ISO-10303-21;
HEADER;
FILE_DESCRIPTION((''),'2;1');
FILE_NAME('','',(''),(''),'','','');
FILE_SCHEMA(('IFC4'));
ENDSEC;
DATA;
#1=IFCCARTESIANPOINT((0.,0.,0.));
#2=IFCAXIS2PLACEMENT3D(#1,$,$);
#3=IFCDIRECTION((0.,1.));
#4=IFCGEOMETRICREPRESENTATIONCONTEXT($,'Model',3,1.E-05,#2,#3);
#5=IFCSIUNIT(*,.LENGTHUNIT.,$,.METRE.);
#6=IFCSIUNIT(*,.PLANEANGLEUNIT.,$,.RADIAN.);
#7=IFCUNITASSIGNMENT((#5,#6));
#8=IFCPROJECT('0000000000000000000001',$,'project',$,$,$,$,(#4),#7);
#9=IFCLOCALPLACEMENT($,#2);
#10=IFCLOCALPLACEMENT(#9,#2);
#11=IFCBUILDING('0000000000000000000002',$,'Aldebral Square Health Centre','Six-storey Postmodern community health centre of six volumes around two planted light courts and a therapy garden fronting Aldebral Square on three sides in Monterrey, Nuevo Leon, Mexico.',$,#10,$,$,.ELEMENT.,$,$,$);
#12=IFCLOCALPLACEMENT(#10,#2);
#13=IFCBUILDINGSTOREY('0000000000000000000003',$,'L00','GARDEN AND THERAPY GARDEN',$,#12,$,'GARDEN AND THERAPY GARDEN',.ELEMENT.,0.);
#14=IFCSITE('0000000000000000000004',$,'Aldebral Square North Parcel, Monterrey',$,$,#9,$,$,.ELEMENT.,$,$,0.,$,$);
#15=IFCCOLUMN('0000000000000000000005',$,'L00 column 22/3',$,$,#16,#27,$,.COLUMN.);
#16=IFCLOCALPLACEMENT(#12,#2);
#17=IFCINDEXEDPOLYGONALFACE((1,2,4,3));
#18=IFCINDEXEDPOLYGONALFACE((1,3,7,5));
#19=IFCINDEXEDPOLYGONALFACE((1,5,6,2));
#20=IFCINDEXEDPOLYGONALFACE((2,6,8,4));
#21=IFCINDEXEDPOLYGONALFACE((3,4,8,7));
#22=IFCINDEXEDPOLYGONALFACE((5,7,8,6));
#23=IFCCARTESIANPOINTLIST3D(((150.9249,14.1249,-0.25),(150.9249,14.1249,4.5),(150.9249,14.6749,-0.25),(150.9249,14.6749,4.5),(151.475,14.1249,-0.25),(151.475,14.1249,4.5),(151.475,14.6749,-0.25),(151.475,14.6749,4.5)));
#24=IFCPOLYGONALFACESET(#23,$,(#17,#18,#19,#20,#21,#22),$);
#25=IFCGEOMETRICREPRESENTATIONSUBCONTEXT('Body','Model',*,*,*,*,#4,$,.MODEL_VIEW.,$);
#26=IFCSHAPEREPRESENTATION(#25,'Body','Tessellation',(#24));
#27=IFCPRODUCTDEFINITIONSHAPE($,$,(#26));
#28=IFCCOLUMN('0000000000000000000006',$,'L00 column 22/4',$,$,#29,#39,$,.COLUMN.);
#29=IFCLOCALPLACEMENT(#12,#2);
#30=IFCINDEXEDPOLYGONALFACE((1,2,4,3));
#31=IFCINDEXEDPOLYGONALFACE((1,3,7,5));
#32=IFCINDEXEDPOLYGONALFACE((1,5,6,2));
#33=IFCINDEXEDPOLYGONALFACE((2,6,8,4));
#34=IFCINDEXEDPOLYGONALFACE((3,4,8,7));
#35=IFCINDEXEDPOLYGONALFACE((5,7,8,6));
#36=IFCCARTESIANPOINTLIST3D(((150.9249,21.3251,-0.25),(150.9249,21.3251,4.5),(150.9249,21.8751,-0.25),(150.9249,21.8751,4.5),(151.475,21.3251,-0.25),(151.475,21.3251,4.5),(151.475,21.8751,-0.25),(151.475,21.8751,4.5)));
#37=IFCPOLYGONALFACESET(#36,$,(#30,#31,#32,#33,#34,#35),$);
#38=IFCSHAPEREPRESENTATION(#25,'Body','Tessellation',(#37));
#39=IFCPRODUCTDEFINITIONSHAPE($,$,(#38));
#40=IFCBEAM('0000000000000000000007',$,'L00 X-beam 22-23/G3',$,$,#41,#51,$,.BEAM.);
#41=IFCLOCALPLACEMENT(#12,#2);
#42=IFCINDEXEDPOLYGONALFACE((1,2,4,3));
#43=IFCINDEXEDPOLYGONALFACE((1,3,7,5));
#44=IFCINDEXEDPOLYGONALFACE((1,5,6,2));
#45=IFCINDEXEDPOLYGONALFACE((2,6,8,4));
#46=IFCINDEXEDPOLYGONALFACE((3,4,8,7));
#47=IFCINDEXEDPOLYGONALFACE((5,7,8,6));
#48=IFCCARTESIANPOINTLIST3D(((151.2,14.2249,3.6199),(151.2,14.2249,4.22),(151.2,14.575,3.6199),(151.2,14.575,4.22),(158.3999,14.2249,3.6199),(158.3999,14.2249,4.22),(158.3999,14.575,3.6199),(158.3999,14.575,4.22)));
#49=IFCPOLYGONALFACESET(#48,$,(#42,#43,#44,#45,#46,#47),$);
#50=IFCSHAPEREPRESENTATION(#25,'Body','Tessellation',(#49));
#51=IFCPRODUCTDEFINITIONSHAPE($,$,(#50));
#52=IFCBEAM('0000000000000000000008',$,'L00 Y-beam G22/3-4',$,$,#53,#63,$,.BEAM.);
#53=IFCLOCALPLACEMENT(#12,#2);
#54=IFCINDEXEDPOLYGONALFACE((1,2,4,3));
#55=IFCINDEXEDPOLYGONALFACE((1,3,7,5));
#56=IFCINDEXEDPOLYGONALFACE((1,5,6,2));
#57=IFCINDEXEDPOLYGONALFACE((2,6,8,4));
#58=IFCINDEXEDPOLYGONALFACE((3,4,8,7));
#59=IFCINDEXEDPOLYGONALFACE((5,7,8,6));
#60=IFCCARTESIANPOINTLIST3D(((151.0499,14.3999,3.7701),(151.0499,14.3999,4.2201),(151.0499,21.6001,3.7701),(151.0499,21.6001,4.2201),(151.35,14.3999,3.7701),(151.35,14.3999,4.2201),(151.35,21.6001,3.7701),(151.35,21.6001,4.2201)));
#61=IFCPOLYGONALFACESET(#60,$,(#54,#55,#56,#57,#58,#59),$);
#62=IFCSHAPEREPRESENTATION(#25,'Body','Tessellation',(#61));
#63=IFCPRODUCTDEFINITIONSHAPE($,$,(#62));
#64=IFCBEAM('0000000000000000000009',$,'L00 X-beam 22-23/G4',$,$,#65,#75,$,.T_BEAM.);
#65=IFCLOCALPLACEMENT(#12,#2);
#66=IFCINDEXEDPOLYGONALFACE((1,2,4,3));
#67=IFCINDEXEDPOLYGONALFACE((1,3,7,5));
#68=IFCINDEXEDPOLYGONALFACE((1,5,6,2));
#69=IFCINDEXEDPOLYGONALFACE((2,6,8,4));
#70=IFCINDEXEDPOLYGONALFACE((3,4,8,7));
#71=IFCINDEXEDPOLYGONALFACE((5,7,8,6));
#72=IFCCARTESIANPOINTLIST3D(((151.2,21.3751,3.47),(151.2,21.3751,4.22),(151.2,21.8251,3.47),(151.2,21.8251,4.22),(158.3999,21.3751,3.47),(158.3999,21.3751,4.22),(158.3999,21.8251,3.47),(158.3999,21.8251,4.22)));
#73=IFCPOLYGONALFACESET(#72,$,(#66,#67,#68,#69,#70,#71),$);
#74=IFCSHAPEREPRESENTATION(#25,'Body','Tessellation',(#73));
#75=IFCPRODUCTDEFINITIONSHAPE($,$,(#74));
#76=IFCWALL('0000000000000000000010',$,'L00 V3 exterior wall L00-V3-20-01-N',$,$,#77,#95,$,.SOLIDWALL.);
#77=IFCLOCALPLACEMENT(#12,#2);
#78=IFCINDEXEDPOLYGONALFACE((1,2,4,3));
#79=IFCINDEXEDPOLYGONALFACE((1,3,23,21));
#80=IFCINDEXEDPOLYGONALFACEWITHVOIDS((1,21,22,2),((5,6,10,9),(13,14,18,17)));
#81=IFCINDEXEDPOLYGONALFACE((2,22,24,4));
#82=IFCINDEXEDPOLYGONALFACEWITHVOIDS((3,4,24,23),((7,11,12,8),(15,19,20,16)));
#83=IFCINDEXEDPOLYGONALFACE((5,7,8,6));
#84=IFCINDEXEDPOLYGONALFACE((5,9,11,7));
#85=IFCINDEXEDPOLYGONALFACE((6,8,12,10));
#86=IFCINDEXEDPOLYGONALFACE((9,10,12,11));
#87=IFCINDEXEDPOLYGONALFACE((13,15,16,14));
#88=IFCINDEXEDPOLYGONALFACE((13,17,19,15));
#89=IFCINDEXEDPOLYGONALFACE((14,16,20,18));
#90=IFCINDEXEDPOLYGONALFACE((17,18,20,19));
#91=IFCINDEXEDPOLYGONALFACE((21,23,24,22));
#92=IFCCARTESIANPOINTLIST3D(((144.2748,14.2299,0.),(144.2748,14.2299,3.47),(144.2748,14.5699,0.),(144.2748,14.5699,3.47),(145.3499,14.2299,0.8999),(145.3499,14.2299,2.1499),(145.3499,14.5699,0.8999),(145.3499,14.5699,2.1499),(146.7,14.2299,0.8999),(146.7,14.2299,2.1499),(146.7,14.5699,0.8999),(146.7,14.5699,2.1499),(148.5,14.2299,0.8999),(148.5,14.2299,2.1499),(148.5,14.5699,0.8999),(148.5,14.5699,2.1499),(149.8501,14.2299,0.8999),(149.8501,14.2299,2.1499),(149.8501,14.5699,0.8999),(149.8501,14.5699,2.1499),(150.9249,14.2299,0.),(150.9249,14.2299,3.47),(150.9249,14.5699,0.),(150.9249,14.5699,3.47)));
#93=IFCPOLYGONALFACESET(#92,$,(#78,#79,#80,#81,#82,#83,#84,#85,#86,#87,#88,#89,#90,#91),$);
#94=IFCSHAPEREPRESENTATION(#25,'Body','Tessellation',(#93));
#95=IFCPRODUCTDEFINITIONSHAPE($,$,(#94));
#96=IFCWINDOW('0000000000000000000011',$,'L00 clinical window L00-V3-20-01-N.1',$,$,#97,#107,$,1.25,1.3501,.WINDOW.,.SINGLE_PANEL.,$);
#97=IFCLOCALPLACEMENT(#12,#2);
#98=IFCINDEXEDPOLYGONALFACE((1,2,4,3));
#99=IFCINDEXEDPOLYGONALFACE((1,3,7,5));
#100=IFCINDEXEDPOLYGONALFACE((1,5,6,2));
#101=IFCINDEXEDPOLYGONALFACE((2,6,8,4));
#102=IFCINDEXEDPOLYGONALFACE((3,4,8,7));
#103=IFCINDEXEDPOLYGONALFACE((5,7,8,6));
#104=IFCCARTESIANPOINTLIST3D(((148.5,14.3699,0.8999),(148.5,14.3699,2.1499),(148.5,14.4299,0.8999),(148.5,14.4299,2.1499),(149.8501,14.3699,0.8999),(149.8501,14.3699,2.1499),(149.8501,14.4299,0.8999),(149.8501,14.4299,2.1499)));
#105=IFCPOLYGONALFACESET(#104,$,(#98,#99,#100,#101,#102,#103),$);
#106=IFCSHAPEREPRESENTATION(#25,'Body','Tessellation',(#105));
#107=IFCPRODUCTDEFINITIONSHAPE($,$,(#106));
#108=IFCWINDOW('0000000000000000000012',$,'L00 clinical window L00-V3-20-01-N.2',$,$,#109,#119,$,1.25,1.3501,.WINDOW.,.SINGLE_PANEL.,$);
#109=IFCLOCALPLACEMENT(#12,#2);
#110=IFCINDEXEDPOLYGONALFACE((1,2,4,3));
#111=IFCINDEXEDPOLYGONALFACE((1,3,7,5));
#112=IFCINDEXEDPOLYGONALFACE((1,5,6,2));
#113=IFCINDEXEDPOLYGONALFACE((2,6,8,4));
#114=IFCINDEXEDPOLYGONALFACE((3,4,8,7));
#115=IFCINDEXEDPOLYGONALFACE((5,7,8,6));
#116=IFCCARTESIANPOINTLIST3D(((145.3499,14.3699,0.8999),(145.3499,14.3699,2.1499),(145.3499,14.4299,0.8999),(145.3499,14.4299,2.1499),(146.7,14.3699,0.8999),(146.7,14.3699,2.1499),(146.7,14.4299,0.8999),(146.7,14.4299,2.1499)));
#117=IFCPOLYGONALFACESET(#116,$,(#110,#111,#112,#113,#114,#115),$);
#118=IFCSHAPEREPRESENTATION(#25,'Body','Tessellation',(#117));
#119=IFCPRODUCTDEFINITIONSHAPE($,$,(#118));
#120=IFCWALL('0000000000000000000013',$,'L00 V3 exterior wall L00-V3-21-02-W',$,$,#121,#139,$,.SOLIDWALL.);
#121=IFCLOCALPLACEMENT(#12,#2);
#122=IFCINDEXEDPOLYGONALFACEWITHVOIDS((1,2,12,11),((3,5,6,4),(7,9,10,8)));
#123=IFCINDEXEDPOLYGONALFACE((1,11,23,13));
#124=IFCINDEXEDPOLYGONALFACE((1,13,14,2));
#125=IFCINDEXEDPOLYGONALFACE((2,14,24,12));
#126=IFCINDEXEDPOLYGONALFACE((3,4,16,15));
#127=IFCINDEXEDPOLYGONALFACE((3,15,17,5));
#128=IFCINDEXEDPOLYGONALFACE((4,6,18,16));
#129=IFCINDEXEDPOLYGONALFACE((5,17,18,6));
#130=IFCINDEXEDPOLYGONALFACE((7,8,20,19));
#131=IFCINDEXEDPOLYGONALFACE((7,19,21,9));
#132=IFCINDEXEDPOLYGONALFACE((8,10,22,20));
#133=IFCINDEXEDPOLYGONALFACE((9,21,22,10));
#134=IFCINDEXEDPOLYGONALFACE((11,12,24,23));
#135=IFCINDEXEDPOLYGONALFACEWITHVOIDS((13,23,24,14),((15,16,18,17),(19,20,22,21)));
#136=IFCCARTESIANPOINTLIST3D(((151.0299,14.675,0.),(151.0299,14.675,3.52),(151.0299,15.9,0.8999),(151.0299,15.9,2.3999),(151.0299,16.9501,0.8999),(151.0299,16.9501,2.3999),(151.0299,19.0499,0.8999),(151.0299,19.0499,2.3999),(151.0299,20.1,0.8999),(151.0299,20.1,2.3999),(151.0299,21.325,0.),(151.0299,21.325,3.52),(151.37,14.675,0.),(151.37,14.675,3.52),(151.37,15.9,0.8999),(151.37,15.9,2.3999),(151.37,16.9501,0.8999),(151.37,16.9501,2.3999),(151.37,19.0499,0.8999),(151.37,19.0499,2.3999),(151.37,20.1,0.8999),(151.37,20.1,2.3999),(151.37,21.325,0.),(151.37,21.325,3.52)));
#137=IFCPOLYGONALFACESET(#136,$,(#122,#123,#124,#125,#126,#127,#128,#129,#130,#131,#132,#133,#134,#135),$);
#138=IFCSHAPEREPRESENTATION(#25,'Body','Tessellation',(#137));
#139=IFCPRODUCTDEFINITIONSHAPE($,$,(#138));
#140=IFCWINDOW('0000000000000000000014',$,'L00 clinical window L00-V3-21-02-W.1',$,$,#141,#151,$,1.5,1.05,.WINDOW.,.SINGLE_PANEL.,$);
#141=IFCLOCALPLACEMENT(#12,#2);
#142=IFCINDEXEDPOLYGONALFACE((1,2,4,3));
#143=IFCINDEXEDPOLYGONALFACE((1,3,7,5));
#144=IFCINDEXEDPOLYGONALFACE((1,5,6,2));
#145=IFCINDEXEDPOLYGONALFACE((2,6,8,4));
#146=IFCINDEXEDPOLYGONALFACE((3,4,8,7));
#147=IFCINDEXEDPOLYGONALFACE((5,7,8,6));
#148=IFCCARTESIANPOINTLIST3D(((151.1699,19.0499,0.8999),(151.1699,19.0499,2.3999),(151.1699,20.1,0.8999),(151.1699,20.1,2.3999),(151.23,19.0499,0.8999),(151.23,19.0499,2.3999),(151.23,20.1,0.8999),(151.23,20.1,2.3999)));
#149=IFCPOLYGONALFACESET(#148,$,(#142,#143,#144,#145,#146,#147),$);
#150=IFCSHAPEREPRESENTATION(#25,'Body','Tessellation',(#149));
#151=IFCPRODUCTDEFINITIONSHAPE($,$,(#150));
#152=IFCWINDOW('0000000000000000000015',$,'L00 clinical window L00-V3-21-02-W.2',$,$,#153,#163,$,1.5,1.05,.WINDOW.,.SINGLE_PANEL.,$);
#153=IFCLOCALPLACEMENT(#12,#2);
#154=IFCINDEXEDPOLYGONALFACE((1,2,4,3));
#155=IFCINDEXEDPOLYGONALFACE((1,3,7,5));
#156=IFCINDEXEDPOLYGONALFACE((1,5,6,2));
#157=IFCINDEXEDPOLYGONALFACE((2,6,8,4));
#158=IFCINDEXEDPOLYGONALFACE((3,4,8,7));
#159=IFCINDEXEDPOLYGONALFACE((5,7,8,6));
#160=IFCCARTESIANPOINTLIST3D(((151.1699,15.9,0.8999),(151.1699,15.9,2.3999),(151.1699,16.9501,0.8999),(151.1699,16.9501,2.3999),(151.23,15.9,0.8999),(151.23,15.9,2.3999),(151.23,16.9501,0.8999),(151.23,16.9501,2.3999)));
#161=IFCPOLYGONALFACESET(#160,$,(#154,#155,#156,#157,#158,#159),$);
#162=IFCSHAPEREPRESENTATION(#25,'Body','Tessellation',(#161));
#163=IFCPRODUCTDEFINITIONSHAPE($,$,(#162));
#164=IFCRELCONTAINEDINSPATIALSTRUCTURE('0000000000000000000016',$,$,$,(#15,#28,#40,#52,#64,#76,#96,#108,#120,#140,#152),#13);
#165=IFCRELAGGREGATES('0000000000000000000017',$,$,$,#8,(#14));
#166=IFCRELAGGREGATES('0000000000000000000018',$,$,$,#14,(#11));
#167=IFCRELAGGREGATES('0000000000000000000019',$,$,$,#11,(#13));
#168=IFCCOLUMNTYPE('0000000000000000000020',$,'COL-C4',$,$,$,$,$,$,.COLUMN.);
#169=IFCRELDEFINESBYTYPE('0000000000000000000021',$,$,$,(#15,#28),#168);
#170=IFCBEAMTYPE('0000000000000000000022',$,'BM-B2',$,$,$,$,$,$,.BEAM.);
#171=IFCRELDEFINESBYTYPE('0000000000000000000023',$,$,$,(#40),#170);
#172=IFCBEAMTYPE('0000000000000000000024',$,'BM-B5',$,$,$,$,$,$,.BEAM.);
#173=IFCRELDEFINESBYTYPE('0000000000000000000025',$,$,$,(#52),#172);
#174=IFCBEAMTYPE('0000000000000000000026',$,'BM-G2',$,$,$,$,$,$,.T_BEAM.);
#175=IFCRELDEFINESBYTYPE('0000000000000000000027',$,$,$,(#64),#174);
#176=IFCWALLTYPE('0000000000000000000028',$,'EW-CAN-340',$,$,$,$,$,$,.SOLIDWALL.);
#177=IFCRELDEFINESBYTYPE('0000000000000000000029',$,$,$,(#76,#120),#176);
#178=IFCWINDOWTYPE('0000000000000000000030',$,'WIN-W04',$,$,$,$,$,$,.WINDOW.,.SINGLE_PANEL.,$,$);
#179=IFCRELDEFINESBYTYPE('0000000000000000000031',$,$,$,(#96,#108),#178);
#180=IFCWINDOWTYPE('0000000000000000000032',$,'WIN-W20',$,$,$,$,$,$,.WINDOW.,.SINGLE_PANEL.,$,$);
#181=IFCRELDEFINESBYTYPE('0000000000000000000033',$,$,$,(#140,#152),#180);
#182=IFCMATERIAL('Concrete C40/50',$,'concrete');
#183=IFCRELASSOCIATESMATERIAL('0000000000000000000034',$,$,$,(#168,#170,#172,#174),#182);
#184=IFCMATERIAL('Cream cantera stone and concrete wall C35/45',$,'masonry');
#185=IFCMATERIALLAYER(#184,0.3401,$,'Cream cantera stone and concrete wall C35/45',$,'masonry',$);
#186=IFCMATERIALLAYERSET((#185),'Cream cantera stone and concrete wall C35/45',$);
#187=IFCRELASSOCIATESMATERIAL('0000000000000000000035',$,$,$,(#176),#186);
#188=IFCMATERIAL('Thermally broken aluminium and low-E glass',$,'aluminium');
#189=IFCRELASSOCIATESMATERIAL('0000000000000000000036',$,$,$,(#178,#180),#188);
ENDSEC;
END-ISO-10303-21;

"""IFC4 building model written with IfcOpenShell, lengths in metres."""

from ifc_helpers import new_model, si_unit, direction, frame, frame_2d, origin, origin_2d, place, context, subcontext, project, spatial, rectangle, extrude, material, layer, layer_set, material_profile, profile_set, type_object, element, fill, save


model = new_model("IFC4")

# Units and contexts
model_context = context("Model", 3, precision=1e-05, world=origin(), true_north=direction((0.0, 1.0)))
body_context = subcontext(model_context, "Body", "Model", "MODEL_VIEW")
ifc_project = project(units=[si_unit("LENGTHUNIT", "METRE"), si_unit("PLANEANGLEUNIT", "RADIAN")], contexts=[model_context])

# Site, building, storey
site_placement = place(None, origin())
site = spatial("IfcSite", under=ifc_project, at=site_placement, Name="Aldebral Square North Parcel, Monterrey", CompositionType="ELEMENT", RefElevation=0.0)
building_placement = place(site_placement, origin())
building = spatial("IfcBuilding", under=site, at=building_placement, Name="Aldebral Square Health Centre", Description="Six-storey Postmodern community health centre of six volumes around two planted light courts and a therapy garden fronting Aldebral Square on three sides in Monterrey, Nuevo Leon, Mexico.", CompositionType="ELEMENT")
storey_placement = place(building_placement, origin())
storey = spatial("IfcBuildingStorey", under=building, at=storey_placement, Name="L00", Description="GARDEN AND THERAPY GARDEN", LongName="GARDEN AND THERAPY GARDEN", CompositionType="ELEMENT", Elevation=0.0)

# Columns
ifc_material_1 = material(Name="Concrete C40/50", Category="concrete")
ifc_material_profile_1 = material_profile(ifc_material_1, rectangle(XDim=0.55, YDim=0.55, at=origin_2d()), Name="RC 550x550")
ifc_profile_set_1 = profile_set([ifc_material_profile_1], Name="Concrete C40/50")
column_type = type_object("IfcColumnType", Name="COL-C4", PredefinedType="COLUMN", material=ifc_profile_set_1)
for number, where, z_axis, x_axis, name in (
    (1, (151.2, 14.3999, -0.25), (0.0, 0.0, 1.0), (1.0, 0.0, 0.0), "L00 column 22/3"),
    (2, (151.2, 21.6001, -0.25), (0.0, 0.0, 1.0), (1.0, 0.0, 0.0), "L00 column 22/4"),
):
    element("IfcColumn", number, at=place(storey_placement, frame(where, z_axis=z_axis, x_axis=x_axis)), inside=storey, type_object=column_type, Name=name, PredefinedType="COLUMN", context=body_context, shape_type="SweptSolid", body=[
        extrude(rectangle(XDim=0.55, YDim=0.55, at=origin_2d()), origin(), (0.0, 0.0, 1.0), 4.75),
    ])

# Beams
ifc_material_profile_2 = material_profile(ifc_material_1, rectangle(XDim=0.3501, YDim=0.6001, at=origin_2d()), Name="RC 350x600")
ifc_profile_set_2 = profile_set([ifc_material_profile_2], Name="Concrete C40/50")
beam_type_1 = type_object("IfcBeamType", Name="BM-B2", PredefinedType="BEAM", material=ifc_profile_set_2)
beam_1_placement = place(storey_placement, frame((151.2, 14.3999, 3.9199), z_axis=(1.0, 0.0, 0.0), x_axis=(0.0, 1.0, 0.0)))
element("IfcBeam", 3, at=beam_1_placement, inside=storey, type_object=beam_type_1, Name="L00 X-beam 22-23/G3", PredefinedType="BEAM", context=body_context, shape_type="SweptSolid", body=[
    extrude(rectangle(XDim=0.3501, YDim=0.6001, at=origin_2d()), origin(), (0.0, 0.0, 1.0), 7.2),
])
ifc_material_profile_3 = material_profile(ifc_material_1, rectangle(XDim=0.3, YDim=0.45, at=origin_2d()), Name="RC 300x450")
ifc_profile_set_3 = profile_set([ifc_material_profile_3], Name="Concrete C40/50")
beam_type_2 = type_object("IfcBeamType", Name="BM-B5", PredefinedType="BEAM", material=ifc_profile_set_3)
beam_2_placement = place(storey_placement, frame((151.2, 14.3999, 3.9951), z_axis=(0.0, 1.0, 0.0), x_axis=(-1.0, 0.0, 0.0)))
element("IfcBeam", 4, at=beam_2_placement, inside=storey, type_object=beam_type_2, Name="L00 Y-beam G22/3-4", PredefinedType="BEAM", context=body_context, shape_type="SweptSolid", body=[
    extrude(rectangle(XDim=0.3, YDim=0.45, at=origin_2d()), origin(), (0.0, 0.0, 1.0), 7.2002),
])
ifc_material_profile_4 = material_profile(ifc_material_1, rectangle(XDim=0.45, YDim=0.75, at=origin_2d()), Name="RC 450x750")
ifc_profile_set_4 = profile_set([ifc_material_profile_4], Name="Concrete C40/50")
beam_type_3 = type_object("IfcBeamType", Name="BM-G2", PredefinedType="T_BEAM", material=ifc_profile_set_4)
beam_3_placement = place(storey_placement, frame((151.2, 21.6001, 3.845), z_axis=(1.0, 0.0, 0.0), x_axis=(0.0, 1.0, 0.0)))
element("IfcBeam", 5, at=beam_3_placement, inside=storey, type_object=beam_type_3, Name="L00 X-beam 22-23/G4", PredefinedType="T_BEAM", context=body_context, shape_type="SweptSolid", body=[
    extrude(rectangle(XDim=0.45, YDim=0.75, at=origin_2d()), origin(), (0.0, 0.0, 1.0), 7.2),
])

# Walls, openings, windows
ifc_material_2 = material(Name="Cream cantera stone and concrete wall C35/45", Category="masonry")
ifc_layer_1 = layer(ifc_material_2, 0.3401, Name="Cream cantera stone and concrete wall C35/45", Category="masonry")
ifc_layer_set_1 = layer_set([ifc_layer_1], Name="Cream cantera stone and concrete wall C35/45")
wall_type_1 = type_object("IfcWallType", Name="EW-CAN-340", PredefinedType="SOLIDWALL", material=ifc_layer_set_1)
wall_1_placement = place(storey_placement, frame((150.925, 14.3999, 0.0), z_axis=(0.0, 0.0, 1.0), x_axis=(-1.0, 0.0, 0.0)))
wall_1 = element("IfcWall", 6, at=wall_1_placement, inside=storey, type_object=wall_type_1, Name="L00 V3 exterior wall L00-V3-20-01-N", PredefinedType="SOLIDWALL", context=body_context, shape_type="SweptSolid", body=[
    extrude(rectangle(XDim=6.6501, YDim=0.3401, at=frame_2d((3.3252, 0.0))), origin(), (0.0, 0.0, 1.0), 3.47),
])
opening_1_placement = place(wall_1_placement, frame((1.075, 0.0, 0.8999)))
opening_1 = element("IfcOpeningElement", 7, at=opening_1_placement, cuts=wall_1, PredefinedType="OPENING", context=body_context, shape_type="SweptSolid", body=[
    extrude(rectangle(XDim=1.3501, YDim=1.25, at=frame_2d((0.675, 0.625))), frame((0.0, 0.1802, 0.0), z_axis=(0.0, -1.0, 0.0), x_axis=(1.0, 0.0, 0.0)), (0.0, 0.0, 1.0), 0.3601),
])
opening_2_placement = place(wall_1_placement, frame((4.2251, 0.0, 0.8999)))
opening_2 = element("IfcOpeningElement", 8, at=opening_2_placement, cuts=wall_1, PredefinedType="OPENING", context=body_context, shape_type="SweptSolid", body=[
    extrude(rectangle(XDim=1.3501, YDim=1.25, at=frame_2d((0.675, 0.625))), frame((0.0, 0.1802, 0.0), z_axis=(0.0, -1.0, 0.0), x_axis=(1.0, 0.0, 0.0)), (0.0, 0.0, 1.0), 0.3601),
])
ifc_material_3 = material(Name="Thermally broken aluminium and low-E glass", Category="aluminium")
window_type_1 = type_object("IfcWindowType", Name="WIN-W04", PartitioningType="SINGLE_PANEL", PredefinedType="WINDOW", material=ifc_material_3)
window_1_placement = place(opening_1_placement, origin())
window_1 = element("IfcWindow", 9, at=window_1_placement, inside=storey, type_object=window_type_1, Name="L00 clinical window L00-V3-20-01-N.1", OverallHeight=1.25, OverallWidth=1.3501, PartitioningType="SINGLE_PANEL", PredefinedType="WINDOW", context=body_context, shape_type="SweptSolid", body=[
    extrude(rectangle(XDim=1.3501, YDim=1.25, at=frame_2d((0.675, 0.625))), frame((0.0, 0.03, 0.0), z_axis=(0.0, -1.0, 0.0), x_axis=(1.0, 0.0, 0.0)), (0.0, 0.0, 1.0), 0.0601),
])
fill(opening_1, window_1)
window_2_placement = place(opening_2_placement, origin())
window_2 = element("IfcWindow", 10, at=window_2_placement, inside=storey, type_object=window_type_1, Name="L00 clinical window L00-V3-20-01-N.2", OverallHeight=1.25, OverallWidth=1.3501, PartitioningType="SINGLE_PANEL", PredefinedType="WINDOW", context=body_context, shape_type="SweptSolid", body=[
    extrude(rectangle(XDim=1.3501, YDim=1.25, at=frame_2d((0.675, 0.625))), frame((0.0, 0.03, 0.0), z_axis=(0.0, -1.0, 0.0), x_axis=(1.0, 0.0, 0.0)), (0.0, 0.0, 1.0), 0.0601),
])
fill(opening_2, window_2)
wall_2_placement = place(storey_placement, frame((151.2, 21.325, 0.0), z_axis=(0.0, 0.0, 1.0), x_axis=(0.0, -1.0, 0.0)))
wall_2 = element("IfcWall", 11, at=wall_2_placement, inside=storey, type_object=wall_type_1, Name="L00 V3 exterior wall L00-V3-21-02-W", PredefinedType="SOLIDWALL", context=body_context, shape_type="SweptSolid", body=[
    extrude(rectangle(XDim=6.6499, YDim=0.3401, at=frame_2d((3.325, 0.0))), origin(), (0.0, 0.0, 1.0), 3.52),
])
opening_3_placement = place(wall_2_placement, frame((1.2251, 0.0, 0.8999)))
opening_3 = element("IfcOpeningElement", 12, at=opening_3_placement, cuts=wall_2, PredefinedType="OPENING", context=body_context, shape_type="SweptSolid", body=[
    extrude(rectangle(XDim=1.05, YDim=1.5, at=frame_2d((0.5249, 0.75))), frame((0.0, 0.1802, 0.0), z_axis=(0.0, -1.0, 0.0), x_axis=(1.0, 0.0, 0.0)), (0.0, 0.0, 1.0), 0.3601),
])
opening_4_placement = place(wall_2_placement, frame((4.375, 0.0, 0.8999)))
opening_4 = element("IfcOpeningElement", 13, at=opening_4_placement, cuts=wall_2, PredefinedType="OPENING", context=body_context, shape_type="SweptSolid", body=[
    extrude(rectangle(XDim=1.05, YDim=1.5, at=frame_2d((0.5249, 0.75))), frame((0.0, 0.1802, 0.0), z_axis=(0.0, -1.0, 0.0), x_axis=(1.0, 0.0, 0.0)), (0.0, 0.0, 1.0), 0.3601),
])
window_type_2 = type_object("IfcWindowType", Name="WIN-W20", PartitioningType="SINGLE_PANEL", PredefinedType="WINDOW", material=ifc_material_3)
window_3_placement = place(opening_3_placement, origin())
window_3 = element("IfcWindow", 14, at=window_3_placement, inside=storey, type_object=window_type_2, Name="L00 clinical window L00-V3-21-02-W.1", OverallHeight=1.5, OverallWidth=1.05, PartitioningType="SINGLE_PANEL", PredefinedType="WINDOW", context=body_context, shape_type="SweptSolid", body=[
    extrude(rectangle(XDim=1.05, YDim=1.5, at=frame_2d((0.5249, 0.75))), frame((0.0, 0.03, 0.0), z_axis=(0.0, -1.0, 0.0), x_axis=(1.0, 0.0, 0.0)), (0.0, 0.0, 1.0), 0.0601),
])
fill(opening_3, window_3)
window_4_placement = place(opening_4_placement, origin())
window_4 = element("IfcWindow", 15, at=window_4_placement, inside=storey, type_object=window_type_2, Name="L00 clinical window L00-V3-21-02-W.2", OverallHeight=1.5, OverallWidth=1.05, PartitioningType="SINGLE_PANEL", PredefinedType="WINDOW", context=body_context, shape_type="SweptSolid", body=[
    extrude(rectangle(XDim=1.05, YDim=1.5, at=frame_2d((0.5249, 0.75))), frame((0.0, 0.03, 0.0), z_axis=(0.0, -1.0, 0.0), x_axis=(1.0, 0.0, 0.0)), (0.0, 0.0, 1.0), 0.0601),
])
fill(opening_4, window_4)

save(model, "model.ifc")
